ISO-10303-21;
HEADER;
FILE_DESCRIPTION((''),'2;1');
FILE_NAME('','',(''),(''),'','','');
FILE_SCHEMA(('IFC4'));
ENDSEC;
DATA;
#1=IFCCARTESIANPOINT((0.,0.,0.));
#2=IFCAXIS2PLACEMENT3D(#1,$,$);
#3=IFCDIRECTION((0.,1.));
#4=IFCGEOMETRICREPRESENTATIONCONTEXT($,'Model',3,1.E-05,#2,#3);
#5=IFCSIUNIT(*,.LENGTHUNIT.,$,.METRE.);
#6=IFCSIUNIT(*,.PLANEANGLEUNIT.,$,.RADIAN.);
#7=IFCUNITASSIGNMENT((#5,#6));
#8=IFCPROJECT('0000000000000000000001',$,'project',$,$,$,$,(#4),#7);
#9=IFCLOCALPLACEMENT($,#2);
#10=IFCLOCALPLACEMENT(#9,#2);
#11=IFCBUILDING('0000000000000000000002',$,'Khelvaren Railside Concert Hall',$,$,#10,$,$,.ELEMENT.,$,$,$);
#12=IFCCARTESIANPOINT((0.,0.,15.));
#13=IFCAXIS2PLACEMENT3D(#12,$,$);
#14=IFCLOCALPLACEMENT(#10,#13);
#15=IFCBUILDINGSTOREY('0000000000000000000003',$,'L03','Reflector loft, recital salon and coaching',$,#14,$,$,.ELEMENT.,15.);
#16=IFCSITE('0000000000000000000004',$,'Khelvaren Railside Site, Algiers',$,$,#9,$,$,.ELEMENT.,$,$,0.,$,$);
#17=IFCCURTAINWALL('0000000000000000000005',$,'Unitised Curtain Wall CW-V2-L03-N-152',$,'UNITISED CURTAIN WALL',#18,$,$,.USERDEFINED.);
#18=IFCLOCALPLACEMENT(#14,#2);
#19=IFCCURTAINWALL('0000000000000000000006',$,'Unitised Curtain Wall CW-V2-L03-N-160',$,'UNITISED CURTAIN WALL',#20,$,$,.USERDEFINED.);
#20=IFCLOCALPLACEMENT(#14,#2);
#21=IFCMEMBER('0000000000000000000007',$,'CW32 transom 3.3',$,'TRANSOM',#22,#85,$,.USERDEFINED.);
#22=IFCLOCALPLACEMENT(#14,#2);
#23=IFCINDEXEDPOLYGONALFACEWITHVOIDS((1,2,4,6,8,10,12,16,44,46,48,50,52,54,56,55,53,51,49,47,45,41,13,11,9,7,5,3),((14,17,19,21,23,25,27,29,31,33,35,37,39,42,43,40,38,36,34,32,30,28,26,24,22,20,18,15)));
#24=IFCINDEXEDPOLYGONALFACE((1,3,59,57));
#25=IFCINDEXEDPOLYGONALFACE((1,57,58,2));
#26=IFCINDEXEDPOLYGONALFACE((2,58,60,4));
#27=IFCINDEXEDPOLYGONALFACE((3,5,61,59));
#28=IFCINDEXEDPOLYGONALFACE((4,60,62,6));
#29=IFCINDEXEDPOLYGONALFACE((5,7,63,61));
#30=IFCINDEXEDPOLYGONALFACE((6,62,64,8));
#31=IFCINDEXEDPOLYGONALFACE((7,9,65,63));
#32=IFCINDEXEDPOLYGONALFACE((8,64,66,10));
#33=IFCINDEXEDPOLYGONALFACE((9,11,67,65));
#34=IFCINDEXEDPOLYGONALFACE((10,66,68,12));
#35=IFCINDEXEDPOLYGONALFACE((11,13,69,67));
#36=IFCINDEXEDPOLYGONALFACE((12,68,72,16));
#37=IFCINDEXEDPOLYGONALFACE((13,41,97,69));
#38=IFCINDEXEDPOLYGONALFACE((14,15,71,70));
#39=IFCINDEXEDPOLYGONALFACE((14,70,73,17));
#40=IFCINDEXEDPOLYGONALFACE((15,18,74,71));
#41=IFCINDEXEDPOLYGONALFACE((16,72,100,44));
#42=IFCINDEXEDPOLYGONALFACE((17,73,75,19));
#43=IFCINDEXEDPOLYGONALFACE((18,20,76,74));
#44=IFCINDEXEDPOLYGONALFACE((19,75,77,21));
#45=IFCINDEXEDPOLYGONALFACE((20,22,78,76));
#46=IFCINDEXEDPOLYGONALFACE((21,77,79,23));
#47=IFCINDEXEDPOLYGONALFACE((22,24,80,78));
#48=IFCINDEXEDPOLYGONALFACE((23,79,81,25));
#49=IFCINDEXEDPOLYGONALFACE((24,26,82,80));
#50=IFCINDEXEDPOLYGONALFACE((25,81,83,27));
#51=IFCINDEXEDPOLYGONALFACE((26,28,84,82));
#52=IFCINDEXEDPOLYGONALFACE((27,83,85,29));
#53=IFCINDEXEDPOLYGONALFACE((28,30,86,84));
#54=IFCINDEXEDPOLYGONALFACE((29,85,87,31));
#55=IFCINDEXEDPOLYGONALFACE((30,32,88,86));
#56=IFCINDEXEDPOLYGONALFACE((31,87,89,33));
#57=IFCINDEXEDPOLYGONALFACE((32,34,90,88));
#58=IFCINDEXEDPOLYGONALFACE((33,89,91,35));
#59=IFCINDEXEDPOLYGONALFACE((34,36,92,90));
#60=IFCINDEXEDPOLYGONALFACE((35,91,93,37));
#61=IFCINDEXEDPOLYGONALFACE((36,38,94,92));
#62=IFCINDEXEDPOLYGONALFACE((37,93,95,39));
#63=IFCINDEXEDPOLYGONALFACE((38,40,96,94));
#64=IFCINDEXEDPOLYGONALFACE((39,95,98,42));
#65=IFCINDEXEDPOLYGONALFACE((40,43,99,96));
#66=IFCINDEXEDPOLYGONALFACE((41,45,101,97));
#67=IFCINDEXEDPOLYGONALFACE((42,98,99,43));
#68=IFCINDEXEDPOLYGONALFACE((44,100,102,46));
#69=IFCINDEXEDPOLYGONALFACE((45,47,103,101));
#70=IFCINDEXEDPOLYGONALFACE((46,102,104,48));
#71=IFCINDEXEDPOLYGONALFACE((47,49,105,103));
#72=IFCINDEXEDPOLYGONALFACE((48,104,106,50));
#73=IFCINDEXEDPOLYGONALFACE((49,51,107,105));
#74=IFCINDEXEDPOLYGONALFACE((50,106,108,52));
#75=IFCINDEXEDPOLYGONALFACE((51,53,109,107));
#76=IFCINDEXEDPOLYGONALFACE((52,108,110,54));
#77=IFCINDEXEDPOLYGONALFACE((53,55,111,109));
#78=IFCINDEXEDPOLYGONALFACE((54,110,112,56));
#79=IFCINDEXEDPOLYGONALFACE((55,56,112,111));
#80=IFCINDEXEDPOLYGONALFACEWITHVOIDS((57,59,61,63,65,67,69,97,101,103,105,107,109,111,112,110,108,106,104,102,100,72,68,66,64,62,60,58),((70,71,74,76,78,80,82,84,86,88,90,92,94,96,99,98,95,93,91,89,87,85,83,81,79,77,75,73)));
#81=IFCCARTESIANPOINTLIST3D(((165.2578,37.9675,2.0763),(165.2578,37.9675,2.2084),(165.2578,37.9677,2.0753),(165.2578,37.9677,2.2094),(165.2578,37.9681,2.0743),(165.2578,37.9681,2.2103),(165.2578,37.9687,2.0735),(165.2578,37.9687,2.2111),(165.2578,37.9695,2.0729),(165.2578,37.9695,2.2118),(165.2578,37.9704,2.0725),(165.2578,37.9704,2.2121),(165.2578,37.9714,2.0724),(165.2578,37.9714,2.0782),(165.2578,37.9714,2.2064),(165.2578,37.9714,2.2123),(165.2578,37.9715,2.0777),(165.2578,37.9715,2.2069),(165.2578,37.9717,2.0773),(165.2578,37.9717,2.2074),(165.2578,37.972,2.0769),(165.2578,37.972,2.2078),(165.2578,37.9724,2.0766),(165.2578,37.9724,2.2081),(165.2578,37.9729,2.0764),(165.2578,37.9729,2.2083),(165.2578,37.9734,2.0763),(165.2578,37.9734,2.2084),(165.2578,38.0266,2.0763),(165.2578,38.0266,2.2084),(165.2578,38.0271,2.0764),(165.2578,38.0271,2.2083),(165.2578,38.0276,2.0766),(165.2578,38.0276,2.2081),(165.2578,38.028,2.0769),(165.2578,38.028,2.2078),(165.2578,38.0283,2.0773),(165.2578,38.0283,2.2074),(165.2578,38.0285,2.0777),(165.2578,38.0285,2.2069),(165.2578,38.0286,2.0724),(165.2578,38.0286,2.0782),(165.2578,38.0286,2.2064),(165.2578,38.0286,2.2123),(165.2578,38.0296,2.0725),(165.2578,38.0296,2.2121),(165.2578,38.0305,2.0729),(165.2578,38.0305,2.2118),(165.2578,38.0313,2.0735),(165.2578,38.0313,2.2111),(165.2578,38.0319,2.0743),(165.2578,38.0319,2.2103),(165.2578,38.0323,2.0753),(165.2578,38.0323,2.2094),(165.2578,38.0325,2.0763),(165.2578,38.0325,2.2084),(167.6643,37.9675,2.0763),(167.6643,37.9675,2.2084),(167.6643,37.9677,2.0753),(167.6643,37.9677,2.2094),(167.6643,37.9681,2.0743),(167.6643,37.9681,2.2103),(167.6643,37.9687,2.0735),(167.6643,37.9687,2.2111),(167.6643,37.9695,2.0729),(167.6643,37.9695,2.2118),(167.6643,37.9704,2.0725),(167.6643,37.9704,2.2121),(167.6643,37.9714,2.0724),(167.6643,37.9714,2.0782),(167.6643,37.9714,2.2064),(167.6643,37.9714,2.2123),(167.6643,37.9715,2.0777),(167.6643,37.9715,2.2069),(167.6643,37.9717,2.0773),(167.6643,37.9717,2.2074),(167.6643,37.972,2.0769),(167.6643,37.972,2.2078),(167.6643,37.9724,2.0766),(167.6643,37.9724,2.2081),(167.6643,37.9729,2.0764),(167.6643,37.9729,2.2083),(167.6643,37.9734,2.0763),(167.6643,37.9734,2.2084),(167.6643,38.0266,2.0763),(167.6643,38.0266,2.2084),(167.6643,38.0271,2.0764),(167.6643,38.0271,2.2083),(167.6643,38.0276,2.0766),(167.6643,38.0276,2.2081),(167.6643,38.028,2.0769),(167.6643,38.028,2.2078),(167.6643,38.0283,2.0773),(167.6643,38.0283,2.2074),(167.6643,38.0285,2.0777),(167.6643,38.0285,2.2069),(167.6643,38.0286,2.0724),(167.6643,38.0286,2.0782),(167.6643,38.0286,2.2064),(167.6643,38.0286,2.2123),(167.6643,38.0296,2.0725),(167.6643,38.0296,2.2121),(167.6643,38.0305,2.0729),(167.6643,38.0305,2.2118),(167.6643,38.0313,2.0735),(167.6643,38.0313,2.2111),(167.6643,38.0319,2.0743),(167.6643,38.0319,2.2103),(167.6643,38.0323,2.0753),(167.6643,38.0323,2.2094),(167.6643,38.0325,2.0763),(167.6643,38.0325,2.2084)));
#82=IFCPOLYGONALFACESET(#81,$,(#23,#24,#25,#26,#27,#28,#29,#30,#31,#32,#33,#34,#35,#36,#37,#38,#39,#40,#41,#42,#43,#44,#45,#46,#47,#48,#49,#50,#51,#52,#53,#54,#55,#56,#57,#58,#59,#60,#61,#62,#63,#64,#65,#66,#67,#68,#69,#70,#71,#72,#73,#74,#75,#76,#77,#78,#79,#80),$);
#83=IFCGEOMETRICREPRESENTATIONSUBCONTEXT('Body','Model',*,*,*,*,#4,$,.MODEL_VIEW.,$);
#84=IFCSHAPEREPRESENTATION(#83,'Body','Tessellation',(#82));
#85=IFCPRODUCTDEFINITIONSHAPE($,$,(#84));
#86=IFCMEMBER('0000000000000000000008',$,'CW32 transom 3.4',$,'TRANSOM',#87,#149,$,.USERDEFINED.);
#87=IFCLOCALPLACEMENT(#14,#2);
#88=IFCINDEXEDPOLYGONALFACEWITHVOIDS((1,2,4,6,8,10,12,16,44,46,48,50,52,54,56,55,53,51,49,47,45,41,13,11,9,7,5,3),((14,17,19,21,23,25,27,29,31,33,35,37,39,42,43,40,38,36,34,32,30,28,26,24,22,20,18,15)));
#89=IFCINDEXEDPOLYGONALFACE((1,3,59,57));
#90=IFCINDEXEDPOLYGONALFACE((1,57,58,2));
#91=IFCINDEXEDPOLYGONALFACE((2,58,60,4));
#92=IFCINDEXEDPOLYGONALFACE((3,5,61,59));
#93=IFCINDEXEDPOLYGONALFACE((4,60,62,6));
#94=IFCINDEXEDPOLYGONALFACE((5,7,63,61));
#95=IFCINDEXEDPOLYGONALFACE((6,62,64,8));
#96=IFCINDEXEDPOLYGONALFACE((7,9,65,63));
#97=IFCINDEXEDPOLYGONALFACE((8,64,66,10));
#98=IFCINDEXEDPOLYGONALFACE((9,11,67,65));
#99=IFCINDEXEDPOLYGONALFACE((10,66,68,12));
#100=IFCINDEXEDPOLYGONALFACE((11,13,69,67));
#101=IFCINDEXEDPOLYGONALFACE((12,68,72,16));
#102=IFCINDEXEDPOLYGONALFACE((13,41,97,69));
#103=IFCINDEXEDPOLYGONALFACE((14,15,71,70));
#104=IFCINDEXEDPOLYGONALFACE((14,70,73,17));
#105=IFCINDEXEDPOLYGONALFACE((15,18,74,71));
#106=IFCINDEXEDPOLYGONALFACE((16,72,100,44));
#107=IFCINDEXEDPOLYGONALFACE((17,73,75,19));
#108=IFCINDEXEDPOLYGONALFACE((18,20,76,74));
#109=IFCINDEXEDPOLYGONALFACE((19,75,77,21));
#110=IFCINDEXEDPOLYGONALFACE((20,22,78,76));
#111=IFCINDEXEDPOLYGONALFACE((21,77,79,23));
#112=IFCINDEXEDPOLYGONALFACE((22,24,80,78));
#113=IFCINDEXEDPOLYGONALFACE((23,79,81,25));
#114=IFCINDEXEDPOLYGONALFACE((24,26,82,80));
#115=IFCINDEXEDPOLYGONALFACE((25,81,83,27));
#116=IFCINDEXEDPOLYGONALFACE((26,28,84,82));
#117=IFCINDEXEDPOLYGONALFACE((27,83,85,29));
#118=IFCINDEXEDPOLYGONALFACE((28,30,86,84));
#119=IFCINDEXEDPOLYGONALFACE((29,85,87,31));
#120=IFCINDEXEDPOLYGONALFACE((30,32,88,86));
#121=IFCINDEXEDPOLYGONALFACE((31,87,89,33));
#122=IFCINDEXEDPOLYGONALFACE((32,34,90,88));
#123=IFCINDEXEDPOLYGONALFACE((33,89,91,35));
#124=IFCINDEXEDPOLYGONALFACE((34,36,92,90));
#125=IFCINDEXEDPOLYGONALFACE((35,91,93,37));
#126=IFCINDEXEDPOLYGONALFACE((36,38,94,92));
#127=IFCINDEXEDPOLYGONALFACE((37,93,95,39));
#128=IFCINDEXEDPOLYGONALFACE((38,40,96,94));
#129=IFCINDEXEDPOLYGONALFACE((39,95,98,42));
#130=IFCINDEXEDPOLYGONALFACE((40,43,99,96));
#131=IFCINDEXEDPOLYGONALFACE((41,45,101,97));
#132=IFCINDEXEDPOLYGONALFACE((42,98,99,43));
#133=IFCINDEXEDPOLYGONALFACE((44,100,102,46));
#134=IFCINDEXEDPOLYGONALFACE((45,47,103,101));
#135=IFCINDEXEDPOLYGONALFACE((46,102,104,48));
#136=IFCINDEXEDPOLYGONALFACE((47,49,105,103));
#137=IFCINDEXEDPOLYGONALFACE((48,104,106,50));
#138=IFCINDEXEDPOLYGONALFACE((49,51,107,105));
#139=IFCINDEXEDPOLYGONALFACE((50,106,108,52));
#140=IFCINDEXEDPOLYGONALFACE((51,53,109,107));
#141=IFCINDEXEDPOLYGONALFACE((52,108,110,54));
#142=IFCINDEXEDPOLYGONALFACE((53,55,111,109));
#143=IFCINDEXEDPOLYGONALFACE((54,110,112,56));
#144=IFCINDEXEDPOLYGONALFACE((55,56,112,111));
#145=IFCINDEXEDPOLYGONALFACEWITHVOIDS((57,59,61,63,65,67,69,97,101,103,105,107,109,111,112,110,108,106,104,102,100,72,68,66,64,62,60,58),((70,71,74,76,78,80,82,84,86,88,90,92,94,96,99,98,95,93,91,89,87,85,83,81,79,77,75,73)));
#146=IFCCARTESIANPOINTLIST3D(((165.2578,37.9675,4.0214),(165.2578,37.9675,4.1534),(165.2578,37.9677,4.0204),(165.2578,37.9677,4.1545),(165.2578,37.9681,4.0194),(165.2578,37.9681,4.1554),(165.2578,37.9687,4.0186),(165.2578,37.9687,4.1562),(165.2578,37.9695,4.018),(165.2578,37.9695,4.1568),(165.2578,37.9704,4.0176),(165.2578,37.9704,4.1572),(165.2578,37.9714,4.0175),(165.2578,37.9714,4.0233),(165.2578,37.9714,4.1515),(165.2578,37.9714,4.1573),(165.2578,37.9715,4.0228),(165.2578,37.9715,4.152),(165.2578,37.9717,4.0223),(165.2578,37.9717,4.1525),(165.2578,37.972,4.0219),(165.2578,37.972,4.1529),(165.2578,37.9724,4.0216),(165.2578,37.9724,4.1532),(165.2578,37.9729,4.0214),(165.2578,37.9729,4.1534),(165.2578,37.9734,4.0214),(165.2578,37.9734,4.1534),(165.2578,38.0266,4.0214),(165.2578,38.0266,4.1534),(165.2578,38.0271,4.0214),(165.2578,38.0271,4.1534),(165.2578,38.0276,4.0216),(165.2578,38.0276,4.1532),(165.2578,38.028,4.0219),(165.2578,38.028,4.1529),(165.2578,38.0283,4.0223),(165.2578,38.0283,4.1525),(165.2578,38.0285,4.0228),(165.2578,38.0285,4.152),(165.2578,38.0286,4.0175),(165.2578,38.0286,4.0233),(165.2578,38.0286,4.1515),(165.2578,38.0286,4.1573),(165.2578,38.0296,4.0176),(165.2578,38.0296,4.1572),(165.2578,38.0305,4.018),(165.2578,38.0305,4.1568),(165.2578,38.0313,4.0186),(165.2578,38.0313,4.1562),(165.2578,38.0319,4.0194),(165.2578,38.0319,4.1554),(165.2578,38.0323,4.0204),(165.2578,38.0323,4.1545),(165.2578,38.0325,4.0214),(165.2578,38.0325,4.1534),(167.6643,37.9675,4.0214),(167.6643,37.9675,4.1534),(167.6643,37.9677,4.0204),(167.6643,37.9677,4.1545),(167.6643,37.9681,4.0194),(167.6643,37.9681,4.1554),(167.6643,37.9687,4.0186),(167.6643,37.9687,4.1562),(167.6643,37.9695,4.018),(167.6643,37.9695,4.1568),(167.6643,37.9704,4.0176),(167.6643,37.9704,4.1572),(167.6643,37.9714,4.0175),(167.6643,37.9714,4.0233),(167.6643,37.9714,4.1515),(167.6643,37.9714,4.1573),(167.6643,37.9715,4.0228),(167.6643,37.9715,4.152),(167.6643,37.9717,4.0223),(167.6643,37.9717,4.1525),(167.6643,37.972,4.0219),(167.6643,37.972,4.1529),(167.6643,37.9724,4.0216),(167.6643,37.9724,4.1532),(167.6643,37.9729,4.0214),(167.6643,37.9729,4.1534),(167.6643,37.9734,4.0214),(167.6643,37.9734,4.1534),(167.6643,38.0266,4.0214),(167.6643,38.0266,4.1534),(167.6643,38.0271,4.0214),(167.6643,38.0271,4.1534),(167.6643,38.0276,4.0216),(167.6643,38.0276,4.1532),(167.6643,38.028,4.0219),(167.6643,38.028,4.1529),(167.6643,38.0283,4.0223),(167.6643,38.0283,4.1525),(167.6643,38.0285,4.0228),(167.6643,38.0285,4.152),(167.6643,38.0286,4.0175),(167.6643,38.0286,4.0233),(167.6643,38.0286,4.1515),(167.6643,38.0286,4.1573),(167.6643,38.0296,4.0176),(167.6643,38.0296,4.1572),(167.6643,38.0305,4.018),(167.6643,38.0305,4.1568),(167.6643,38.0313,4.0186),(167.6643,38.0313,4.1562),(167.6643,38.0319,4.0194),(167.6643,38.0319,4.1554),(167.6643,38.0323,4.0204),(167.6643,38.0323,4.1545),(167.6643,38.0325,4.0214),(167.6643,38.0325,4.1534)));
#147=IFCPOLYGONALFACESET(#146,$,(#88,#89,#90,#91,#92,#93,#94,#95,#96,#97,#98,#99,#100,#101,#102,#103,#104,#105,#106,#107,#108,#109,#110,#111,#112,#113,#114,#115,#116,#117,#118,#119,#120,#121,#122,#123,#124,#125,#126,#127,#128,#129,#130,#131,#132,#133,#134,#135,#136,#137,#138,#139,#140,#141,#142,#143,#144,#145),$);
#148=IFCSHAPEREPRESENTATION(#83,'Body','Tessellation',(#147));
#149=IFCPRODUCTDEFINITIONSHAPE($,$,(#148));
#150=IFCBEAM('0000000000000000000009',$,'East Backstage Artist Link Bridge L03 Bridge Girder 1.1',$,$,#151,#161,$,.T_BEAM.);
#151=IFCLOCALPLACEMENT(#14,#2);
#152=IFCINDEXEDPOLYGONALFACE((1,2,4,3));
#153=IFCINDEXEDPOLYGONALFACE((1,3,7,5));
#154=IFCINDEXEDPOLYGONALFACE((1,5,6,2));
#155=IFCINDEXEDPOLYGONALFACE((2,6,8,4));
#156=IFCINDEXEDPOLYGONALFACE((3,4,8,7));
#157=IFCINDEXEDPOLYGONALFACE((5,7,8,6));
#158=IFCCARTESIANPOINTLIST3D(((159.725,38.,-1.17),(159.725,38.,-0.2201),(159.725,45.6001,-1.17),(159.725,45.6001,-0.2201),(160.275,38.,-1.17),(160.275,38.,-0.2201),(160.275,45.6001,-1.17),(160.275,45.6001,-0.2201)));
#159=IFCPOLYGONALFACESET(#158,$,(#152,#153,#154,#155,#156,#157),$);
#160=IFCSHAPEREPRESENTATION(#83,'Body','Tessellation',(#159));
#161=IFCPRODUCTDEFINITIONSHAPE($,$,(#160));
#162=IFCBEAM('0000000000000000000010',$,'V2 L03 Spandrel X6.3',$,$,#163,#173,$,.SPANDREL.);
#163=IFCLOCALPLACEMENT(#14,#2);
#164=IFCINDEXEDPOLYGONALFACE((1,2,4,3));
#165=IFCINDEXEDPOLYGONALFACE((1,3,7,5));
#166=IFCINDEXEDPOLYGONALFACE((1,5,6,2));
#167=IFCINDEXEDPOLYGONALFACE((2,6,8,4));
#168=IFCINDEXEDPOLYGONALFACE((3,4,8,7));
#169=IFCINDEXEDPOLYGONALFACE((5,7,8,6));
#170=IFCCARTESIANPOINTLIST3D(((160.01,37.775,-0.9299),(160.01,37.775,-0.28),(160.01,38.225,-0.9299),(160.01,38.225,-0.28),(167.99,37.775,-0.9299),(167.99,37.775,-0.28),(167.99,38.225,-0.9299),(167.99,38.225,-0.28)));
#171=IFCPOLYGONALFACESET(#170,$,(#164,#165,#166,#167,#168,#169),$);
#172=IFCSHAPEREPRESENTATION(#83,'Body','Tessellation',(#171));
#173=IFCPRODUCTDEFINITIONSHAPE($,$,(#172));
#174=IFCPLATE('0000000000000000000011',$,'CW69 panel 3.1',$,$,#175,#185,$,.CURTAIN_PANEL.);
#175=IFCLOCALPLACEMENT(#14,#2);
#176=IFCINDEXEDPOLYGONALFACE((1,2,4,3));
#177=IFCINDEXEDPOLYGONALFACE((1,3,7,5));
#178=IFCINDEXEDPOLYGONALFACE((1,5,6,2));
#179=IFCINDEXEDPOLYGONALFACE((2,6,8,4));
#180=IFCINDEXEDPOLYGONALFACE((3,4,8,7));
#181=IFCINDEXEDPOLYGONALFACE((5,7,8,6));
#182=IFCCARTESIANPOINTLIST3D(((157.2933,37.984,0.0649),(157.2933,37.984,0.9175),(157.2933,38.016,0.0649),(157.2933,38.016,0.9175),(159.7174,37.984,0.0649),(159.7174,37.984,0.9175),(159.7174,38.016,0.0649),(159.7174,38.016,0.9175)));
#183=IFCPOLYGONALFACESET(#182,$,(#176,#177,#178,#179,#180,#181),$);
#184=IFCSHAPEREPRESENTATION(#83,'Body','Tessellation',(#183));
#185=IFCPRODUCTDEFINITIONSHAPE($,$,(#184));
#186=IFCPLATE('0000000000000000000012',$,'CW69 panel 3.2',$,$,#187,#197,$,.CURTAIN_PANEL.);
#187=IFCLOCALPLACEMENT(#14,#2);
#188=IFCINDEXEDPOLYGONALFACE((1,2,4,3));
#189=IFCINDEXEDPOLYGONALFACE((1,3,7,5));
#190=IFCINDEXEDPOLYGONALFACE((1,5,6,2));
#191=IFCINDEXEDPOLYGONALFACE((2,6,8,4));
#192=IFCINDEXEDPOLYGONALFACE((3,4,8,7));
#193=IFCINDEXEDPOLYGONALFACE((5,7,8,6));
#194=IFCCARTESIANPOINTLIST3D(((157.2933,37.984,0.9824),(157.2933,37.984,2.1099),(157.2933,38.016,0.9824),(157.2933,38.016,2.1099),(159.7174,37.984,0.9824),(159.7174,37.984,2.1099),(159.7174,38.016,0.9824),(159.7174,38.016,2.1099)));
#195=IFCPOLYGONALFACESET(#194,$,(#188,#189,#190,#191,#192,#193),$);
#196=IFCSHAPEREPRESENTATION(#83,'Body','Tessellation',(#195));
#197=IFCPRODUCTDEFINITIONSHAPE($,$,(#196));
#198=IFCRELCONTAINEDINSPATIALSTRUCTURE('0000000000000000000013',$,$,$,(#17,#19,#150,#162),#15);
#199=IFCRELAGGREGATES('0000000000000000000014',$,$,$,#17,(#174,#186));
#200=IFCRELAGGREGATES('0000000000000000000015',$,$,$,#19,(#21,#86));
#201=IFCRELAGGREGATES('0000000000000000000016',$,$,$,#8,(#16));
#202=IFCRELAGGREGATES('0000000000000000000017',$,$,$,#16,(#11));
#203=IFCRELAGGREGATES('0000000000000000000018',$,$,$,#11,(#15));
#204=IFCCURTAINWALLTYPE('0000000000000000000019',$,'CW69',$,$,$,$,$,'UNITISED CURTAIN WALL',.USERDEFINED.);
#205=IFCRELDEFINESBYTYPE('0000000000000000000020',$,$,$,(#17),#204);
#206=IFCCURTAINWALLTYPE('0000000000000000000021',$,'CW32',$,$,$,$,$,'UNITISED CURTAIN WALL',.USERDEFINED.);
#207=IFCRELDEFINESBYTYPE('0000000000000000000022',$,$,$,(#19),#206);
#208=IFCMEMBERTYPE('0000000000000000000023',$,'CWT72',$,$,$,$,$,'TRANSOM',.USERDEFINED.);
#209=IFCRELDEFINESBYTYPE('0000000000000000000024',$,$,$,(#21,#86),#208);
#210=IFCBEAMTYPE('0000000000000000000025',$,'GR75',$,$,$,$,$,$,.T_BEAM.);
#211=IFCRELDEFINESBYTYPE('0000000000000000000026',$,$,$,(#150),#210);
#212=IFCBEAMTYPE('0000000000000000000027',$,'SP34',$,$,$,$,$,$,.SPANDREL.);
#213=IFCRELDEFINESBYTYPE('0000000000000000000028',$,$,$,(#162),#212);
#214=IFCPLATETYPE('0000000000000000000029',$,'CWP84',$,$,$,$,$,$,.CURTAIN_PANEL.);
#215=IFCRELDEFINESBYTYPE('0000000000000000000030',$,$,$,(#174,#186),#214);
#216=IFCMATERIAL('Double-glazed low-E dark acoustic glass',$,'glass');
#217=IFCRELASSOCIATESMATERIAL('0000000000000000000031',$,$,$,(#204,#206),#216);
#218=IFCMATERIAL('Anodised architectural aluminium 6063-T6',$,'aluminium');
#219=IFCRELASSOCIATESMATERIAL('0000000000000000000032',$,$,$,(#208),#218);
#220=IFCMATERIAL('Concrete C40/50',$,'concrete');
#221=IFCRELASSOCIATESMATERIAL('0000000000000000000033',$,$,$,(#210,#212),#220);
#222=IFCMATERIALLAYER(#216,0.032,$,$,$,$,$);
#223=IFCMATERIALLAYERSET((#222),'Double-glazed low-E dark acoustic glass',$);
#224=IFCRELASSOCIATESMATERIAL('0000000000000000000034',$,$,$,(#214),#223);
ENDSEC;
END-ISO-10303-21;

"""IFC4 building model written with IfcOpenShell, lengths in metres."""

from ifc_helpers import new_model, si_unit, direction, frame, origin, origin_2d, place, context, subcontext, project, spatial, rectangle, hollow_rectangle, extrude, material, layer, layer_set, material_profile, profile_set, type_object, element, aggregate, save


model = new_model("IFC4")

# Units and contexts
model_context = context("Model", 3, precision=1e-05, world=origin(), true_north=direction((0.0, 1.0)))
body_context = subcontext(model_context, "Body", "Model", "MODEL_VIEW")
ifc_project = project(units=[si_unit("LENGTHUNIT", "METRE"), si_unit("PLANEANGLEUNIT", "RADIAN")], contexts=[model_context])

# Site, building, storey
site_placement = place(None, origin())
site = spatial("IfcSite", under=ifc_project, at=site_placement, Name="Khelvaren Railside Site, Algiers", CompositionType="ELEMENT", RefElevation=0.0)
building_placement = place(site_placement, origin())
building = spatial("IfcBuilding", under=site, at=building_placement, Name="Khelvaren Railside Concert Hall", CompositionType="ELEMENT")
storey_placement = place(building_placement, frame((0.0, 0.0, 15.0)))
storey = spatial("IfcBuildingStorey", under=building, at=storey_placement, Name="L03", Description="Reflector loft, recital salon and coaching", CompositionType="ELEMENT", Elevation=15.0)

# Curtain wall
ifc_material_1 = material(Name="Double-glazed low-E dark acoustic glass", Category="glass")
curtain_wall_type_1 = type_object("IfcCurtainWallType", Name="CW69", ElementType="UNITISED CURTAIN WALL", PredefinedType="USERDEFINED", material=ifc_material_1)
curtain_wall_1_placement = place(storey_placement, origin())
curtain_wall_1 = element("IfcCurtainWall", 1, at=curtain_wall_1_placement, inside=storey, type_object=curtain_wall_type_1, Name="Unitised Curtain Wall CW-V2-L03-N-152", ObjectType="UNITISED CURTAIN WALL", PredefinedType="USERDEFINED")
ifc_material_2 = material(Name="Anodised architectural aluminium 6063-T6", Category="aluminium")

# Curtain wall
curtain_wall_type_2 = type_object("IfcCurtainWallType", Name="CW32", ElementType="UNITISED CURTAIN WALL", PredefinedType="USERDEFINED", material=ifc_material_1)
curtain_wall_2_placement = place(storey_placement, origin())
curtain_wall_2 = element("IfcCurtainWall", 2, at=curtain_wall_2_placement, inside=storey, type_object=curtain_wall_type_2, Name="Unitised Curtain Wall CW-V2-L03-N-160", ObjectType="UNITISED CURTAIN WALL", PredefinedType="USERDEFINED")

# Members
ifc_material_profile_1 = material_profile(ifc_material_2, hollow_rectangle(XDim=0.0649, YDim=0.1399, WallThickness=0.0039, InnerFilletRadius=0.002, OuterFilletRadius=0.0039, at=origin_2d()), Name="CWT 65x140x4")
ifc_profile_set_1 = profile_set([ifc_material_profile_1], Name="Anodised architectural aluminium 6063-T6")
member_type_1 = type_object("IfcMemberType", Name="CWT72", ElementType="TRANSOM", PredefinedType="USERDEFINED", material=ifc_profile_set_1)
member_1_placement = place(storey_placement, frame((165.2578, 38.0, 2.1423), z_axis=(1.0, 0.0, 0.0), x_axis=(0.0, 1.0, 0.0)))
member_1 = element("IfcMember", 3, at=member_1_placement, type_object=member_type_1, Name="CW32 transom 3.3", ObjectType="TRANSOM", PredefinedType="USERDEFINED", context=body_context, shape_type="SweptSolid", body=[
    extrude(hollow_rectangle(XDim=0.0649, YDim=0.1399, WallThickness=0.0039, InnerFilletRadius=0.002, OuterFilletRadius=0.0039, at=origin_2d()), origin(), (0.0, 0.0, 1.0), 2.4065),
])
member_2_placement = place(storey_placement, frame((165.2578, 38.0, 4.0874), z_axis=(1.0, 0.0, 0.0), x_axis=(0.0, 1.0, 0.0)))
member_2 = element("IfcMember", 4, at=member_2_placement, type_object=member_type_1, Name="CW32 transom 3.4", ObjectType="TRANSOM", PredefinedType="USERDEFINED", context=body_context, shape_type="SweptSolid", body=[
    extrude(hollow_rectangle(XDim=0.0649, YDim=0.1399, WallThickness=0.0039, InnerFilletRadius=0.002, OuterFilletRadius=0.0039, at=origin_2d()), origin(), (0.0, 0.0, 1.0), 2.4065),
])

# Beams
ifc_material_3 = material(Name="Concrete C40/50", Category="concrete")
ifc_material_profile_2 = material_profile(ifc_material_3, rectangle(XDim=0.55, YDim=0.95, at=origin_2d()), Name="RCB 550x950")
ifc_profile_set_2 = profile_set([ifc_material_profile_2], Name="Concrete C40/50")
beam_type_1 = type_object("IfcBeamType", Name="GR75", PredefinedType="T_BEAM", material=ifc_profile_set_2)
beam_1_placement = place(storey_placement, frame((160.0, 38.0, -0.6951), z_axis=(0.0, 1.0, 0.0), x_axis=(-1.0, 0.0, 0.0)))
element("IfcBeam", 5, at=beam_1_placement, inside=storey, type_object=beam_type_1, Name="East Backstage Artist Link Bridge L03 Bridge Girder 1.1", PredefinedType="T_BEAM", context=body_context, shape_type="SweptSolid", body=[
    extrude(rectangle(XDim=0.55, YDim=0.95, at=origin_2d()), origin(), (0.0, 0.0, 1.0), 7.6001),
])
ifc_material_profile_3 = material_profile(ifc_material_3, rectangle(XDim=0.45, YDim=0.6499, at=origin_2d()), Name="RCB 450x650")
ifc_profile_set_3 = profile_set([ifc_material_profile_3], Name="Concrete C40/50")
beam_type_2 = type_object("IfcBeamType", Name="SP34", PredefinedType="SPANDREL", material=ifc_profile_set_3)
beam_2_placement = place(storey_placement, frame((160.01, 38.0, -0.605), z_axis=(1.0, 0.0, 0.0), x_axis=(0.0, 1.0, 0.0)))
element("IfcBeam", 6, at=beam_2_placement, inside=storey, type_object=beam_type_2, Name="V2 L03 Spandrel X6.3", PredefinedType="SPANDREL", context=body_context, shape_type="SweptSolid", body=[
    extrude(rectangle(XDim=0.45, YDim=0.6499, at=origin_2d()), origin(), (0.0, 0.0, 1.0), 7.98),
])

# Plates
ifc_layer = layer(ifc_material_1, 0.032)
ifc_layer_set = layer_set([ifc_layer], Name="Double-glazed low-E dark acoustic glass")
plate_type = type_object("IfcPlateType", Name="CWP84", PredefinedType="CURTAIN_PANEL", material=ifc_layer_set)
plate_1_placement = place(storey_placement, frame((158.5054, 38.0, 0.0649), z_axis=(0.0, 0.0, 1.0), x_axis=(1.0, 0.0, 0.0)))
plate_1 = element("IfcPlate", 7, at=plate_1_placement, type_object=plate_type, Name="CW69 panel 3.1", PredefinedType="CURTAIN_PANEL", context=body_context, shape_type="SweptSolid", body=[
    extrude(rectangle(XDim=2.4241, YDim=0.032, at=origin_2d()), origin(), (0.0, 0.0, 1.0), 0.8525),
])
plate_2_placement = place(storey_placement, frame((158.5054, 38.0, 0.9824), z_axis=(0.0, 0.0, 1.0), x_axis=(1.0, 0.0, 0.0)))
plate_2 = element("IfcPlate", 8, at=plate_2_placement, type_object=plate_type, Name="CW69 panel 3.2", PredefinedType="CURTAIN_PANEL", context=body_context, shape_type="SweptSolid", body=[
    extrude(rectangle(XDim=2.4241, YDim=0.032, at=origin_2d()), origin(), (0.0, 0.0, 1.0), 1.1274),
])
aggregate(curtain_wall_1, [plate_1, plate_2])
aggregate(curtain_wall_2, [member_1, member_2])

save(model, "model.ifc")
